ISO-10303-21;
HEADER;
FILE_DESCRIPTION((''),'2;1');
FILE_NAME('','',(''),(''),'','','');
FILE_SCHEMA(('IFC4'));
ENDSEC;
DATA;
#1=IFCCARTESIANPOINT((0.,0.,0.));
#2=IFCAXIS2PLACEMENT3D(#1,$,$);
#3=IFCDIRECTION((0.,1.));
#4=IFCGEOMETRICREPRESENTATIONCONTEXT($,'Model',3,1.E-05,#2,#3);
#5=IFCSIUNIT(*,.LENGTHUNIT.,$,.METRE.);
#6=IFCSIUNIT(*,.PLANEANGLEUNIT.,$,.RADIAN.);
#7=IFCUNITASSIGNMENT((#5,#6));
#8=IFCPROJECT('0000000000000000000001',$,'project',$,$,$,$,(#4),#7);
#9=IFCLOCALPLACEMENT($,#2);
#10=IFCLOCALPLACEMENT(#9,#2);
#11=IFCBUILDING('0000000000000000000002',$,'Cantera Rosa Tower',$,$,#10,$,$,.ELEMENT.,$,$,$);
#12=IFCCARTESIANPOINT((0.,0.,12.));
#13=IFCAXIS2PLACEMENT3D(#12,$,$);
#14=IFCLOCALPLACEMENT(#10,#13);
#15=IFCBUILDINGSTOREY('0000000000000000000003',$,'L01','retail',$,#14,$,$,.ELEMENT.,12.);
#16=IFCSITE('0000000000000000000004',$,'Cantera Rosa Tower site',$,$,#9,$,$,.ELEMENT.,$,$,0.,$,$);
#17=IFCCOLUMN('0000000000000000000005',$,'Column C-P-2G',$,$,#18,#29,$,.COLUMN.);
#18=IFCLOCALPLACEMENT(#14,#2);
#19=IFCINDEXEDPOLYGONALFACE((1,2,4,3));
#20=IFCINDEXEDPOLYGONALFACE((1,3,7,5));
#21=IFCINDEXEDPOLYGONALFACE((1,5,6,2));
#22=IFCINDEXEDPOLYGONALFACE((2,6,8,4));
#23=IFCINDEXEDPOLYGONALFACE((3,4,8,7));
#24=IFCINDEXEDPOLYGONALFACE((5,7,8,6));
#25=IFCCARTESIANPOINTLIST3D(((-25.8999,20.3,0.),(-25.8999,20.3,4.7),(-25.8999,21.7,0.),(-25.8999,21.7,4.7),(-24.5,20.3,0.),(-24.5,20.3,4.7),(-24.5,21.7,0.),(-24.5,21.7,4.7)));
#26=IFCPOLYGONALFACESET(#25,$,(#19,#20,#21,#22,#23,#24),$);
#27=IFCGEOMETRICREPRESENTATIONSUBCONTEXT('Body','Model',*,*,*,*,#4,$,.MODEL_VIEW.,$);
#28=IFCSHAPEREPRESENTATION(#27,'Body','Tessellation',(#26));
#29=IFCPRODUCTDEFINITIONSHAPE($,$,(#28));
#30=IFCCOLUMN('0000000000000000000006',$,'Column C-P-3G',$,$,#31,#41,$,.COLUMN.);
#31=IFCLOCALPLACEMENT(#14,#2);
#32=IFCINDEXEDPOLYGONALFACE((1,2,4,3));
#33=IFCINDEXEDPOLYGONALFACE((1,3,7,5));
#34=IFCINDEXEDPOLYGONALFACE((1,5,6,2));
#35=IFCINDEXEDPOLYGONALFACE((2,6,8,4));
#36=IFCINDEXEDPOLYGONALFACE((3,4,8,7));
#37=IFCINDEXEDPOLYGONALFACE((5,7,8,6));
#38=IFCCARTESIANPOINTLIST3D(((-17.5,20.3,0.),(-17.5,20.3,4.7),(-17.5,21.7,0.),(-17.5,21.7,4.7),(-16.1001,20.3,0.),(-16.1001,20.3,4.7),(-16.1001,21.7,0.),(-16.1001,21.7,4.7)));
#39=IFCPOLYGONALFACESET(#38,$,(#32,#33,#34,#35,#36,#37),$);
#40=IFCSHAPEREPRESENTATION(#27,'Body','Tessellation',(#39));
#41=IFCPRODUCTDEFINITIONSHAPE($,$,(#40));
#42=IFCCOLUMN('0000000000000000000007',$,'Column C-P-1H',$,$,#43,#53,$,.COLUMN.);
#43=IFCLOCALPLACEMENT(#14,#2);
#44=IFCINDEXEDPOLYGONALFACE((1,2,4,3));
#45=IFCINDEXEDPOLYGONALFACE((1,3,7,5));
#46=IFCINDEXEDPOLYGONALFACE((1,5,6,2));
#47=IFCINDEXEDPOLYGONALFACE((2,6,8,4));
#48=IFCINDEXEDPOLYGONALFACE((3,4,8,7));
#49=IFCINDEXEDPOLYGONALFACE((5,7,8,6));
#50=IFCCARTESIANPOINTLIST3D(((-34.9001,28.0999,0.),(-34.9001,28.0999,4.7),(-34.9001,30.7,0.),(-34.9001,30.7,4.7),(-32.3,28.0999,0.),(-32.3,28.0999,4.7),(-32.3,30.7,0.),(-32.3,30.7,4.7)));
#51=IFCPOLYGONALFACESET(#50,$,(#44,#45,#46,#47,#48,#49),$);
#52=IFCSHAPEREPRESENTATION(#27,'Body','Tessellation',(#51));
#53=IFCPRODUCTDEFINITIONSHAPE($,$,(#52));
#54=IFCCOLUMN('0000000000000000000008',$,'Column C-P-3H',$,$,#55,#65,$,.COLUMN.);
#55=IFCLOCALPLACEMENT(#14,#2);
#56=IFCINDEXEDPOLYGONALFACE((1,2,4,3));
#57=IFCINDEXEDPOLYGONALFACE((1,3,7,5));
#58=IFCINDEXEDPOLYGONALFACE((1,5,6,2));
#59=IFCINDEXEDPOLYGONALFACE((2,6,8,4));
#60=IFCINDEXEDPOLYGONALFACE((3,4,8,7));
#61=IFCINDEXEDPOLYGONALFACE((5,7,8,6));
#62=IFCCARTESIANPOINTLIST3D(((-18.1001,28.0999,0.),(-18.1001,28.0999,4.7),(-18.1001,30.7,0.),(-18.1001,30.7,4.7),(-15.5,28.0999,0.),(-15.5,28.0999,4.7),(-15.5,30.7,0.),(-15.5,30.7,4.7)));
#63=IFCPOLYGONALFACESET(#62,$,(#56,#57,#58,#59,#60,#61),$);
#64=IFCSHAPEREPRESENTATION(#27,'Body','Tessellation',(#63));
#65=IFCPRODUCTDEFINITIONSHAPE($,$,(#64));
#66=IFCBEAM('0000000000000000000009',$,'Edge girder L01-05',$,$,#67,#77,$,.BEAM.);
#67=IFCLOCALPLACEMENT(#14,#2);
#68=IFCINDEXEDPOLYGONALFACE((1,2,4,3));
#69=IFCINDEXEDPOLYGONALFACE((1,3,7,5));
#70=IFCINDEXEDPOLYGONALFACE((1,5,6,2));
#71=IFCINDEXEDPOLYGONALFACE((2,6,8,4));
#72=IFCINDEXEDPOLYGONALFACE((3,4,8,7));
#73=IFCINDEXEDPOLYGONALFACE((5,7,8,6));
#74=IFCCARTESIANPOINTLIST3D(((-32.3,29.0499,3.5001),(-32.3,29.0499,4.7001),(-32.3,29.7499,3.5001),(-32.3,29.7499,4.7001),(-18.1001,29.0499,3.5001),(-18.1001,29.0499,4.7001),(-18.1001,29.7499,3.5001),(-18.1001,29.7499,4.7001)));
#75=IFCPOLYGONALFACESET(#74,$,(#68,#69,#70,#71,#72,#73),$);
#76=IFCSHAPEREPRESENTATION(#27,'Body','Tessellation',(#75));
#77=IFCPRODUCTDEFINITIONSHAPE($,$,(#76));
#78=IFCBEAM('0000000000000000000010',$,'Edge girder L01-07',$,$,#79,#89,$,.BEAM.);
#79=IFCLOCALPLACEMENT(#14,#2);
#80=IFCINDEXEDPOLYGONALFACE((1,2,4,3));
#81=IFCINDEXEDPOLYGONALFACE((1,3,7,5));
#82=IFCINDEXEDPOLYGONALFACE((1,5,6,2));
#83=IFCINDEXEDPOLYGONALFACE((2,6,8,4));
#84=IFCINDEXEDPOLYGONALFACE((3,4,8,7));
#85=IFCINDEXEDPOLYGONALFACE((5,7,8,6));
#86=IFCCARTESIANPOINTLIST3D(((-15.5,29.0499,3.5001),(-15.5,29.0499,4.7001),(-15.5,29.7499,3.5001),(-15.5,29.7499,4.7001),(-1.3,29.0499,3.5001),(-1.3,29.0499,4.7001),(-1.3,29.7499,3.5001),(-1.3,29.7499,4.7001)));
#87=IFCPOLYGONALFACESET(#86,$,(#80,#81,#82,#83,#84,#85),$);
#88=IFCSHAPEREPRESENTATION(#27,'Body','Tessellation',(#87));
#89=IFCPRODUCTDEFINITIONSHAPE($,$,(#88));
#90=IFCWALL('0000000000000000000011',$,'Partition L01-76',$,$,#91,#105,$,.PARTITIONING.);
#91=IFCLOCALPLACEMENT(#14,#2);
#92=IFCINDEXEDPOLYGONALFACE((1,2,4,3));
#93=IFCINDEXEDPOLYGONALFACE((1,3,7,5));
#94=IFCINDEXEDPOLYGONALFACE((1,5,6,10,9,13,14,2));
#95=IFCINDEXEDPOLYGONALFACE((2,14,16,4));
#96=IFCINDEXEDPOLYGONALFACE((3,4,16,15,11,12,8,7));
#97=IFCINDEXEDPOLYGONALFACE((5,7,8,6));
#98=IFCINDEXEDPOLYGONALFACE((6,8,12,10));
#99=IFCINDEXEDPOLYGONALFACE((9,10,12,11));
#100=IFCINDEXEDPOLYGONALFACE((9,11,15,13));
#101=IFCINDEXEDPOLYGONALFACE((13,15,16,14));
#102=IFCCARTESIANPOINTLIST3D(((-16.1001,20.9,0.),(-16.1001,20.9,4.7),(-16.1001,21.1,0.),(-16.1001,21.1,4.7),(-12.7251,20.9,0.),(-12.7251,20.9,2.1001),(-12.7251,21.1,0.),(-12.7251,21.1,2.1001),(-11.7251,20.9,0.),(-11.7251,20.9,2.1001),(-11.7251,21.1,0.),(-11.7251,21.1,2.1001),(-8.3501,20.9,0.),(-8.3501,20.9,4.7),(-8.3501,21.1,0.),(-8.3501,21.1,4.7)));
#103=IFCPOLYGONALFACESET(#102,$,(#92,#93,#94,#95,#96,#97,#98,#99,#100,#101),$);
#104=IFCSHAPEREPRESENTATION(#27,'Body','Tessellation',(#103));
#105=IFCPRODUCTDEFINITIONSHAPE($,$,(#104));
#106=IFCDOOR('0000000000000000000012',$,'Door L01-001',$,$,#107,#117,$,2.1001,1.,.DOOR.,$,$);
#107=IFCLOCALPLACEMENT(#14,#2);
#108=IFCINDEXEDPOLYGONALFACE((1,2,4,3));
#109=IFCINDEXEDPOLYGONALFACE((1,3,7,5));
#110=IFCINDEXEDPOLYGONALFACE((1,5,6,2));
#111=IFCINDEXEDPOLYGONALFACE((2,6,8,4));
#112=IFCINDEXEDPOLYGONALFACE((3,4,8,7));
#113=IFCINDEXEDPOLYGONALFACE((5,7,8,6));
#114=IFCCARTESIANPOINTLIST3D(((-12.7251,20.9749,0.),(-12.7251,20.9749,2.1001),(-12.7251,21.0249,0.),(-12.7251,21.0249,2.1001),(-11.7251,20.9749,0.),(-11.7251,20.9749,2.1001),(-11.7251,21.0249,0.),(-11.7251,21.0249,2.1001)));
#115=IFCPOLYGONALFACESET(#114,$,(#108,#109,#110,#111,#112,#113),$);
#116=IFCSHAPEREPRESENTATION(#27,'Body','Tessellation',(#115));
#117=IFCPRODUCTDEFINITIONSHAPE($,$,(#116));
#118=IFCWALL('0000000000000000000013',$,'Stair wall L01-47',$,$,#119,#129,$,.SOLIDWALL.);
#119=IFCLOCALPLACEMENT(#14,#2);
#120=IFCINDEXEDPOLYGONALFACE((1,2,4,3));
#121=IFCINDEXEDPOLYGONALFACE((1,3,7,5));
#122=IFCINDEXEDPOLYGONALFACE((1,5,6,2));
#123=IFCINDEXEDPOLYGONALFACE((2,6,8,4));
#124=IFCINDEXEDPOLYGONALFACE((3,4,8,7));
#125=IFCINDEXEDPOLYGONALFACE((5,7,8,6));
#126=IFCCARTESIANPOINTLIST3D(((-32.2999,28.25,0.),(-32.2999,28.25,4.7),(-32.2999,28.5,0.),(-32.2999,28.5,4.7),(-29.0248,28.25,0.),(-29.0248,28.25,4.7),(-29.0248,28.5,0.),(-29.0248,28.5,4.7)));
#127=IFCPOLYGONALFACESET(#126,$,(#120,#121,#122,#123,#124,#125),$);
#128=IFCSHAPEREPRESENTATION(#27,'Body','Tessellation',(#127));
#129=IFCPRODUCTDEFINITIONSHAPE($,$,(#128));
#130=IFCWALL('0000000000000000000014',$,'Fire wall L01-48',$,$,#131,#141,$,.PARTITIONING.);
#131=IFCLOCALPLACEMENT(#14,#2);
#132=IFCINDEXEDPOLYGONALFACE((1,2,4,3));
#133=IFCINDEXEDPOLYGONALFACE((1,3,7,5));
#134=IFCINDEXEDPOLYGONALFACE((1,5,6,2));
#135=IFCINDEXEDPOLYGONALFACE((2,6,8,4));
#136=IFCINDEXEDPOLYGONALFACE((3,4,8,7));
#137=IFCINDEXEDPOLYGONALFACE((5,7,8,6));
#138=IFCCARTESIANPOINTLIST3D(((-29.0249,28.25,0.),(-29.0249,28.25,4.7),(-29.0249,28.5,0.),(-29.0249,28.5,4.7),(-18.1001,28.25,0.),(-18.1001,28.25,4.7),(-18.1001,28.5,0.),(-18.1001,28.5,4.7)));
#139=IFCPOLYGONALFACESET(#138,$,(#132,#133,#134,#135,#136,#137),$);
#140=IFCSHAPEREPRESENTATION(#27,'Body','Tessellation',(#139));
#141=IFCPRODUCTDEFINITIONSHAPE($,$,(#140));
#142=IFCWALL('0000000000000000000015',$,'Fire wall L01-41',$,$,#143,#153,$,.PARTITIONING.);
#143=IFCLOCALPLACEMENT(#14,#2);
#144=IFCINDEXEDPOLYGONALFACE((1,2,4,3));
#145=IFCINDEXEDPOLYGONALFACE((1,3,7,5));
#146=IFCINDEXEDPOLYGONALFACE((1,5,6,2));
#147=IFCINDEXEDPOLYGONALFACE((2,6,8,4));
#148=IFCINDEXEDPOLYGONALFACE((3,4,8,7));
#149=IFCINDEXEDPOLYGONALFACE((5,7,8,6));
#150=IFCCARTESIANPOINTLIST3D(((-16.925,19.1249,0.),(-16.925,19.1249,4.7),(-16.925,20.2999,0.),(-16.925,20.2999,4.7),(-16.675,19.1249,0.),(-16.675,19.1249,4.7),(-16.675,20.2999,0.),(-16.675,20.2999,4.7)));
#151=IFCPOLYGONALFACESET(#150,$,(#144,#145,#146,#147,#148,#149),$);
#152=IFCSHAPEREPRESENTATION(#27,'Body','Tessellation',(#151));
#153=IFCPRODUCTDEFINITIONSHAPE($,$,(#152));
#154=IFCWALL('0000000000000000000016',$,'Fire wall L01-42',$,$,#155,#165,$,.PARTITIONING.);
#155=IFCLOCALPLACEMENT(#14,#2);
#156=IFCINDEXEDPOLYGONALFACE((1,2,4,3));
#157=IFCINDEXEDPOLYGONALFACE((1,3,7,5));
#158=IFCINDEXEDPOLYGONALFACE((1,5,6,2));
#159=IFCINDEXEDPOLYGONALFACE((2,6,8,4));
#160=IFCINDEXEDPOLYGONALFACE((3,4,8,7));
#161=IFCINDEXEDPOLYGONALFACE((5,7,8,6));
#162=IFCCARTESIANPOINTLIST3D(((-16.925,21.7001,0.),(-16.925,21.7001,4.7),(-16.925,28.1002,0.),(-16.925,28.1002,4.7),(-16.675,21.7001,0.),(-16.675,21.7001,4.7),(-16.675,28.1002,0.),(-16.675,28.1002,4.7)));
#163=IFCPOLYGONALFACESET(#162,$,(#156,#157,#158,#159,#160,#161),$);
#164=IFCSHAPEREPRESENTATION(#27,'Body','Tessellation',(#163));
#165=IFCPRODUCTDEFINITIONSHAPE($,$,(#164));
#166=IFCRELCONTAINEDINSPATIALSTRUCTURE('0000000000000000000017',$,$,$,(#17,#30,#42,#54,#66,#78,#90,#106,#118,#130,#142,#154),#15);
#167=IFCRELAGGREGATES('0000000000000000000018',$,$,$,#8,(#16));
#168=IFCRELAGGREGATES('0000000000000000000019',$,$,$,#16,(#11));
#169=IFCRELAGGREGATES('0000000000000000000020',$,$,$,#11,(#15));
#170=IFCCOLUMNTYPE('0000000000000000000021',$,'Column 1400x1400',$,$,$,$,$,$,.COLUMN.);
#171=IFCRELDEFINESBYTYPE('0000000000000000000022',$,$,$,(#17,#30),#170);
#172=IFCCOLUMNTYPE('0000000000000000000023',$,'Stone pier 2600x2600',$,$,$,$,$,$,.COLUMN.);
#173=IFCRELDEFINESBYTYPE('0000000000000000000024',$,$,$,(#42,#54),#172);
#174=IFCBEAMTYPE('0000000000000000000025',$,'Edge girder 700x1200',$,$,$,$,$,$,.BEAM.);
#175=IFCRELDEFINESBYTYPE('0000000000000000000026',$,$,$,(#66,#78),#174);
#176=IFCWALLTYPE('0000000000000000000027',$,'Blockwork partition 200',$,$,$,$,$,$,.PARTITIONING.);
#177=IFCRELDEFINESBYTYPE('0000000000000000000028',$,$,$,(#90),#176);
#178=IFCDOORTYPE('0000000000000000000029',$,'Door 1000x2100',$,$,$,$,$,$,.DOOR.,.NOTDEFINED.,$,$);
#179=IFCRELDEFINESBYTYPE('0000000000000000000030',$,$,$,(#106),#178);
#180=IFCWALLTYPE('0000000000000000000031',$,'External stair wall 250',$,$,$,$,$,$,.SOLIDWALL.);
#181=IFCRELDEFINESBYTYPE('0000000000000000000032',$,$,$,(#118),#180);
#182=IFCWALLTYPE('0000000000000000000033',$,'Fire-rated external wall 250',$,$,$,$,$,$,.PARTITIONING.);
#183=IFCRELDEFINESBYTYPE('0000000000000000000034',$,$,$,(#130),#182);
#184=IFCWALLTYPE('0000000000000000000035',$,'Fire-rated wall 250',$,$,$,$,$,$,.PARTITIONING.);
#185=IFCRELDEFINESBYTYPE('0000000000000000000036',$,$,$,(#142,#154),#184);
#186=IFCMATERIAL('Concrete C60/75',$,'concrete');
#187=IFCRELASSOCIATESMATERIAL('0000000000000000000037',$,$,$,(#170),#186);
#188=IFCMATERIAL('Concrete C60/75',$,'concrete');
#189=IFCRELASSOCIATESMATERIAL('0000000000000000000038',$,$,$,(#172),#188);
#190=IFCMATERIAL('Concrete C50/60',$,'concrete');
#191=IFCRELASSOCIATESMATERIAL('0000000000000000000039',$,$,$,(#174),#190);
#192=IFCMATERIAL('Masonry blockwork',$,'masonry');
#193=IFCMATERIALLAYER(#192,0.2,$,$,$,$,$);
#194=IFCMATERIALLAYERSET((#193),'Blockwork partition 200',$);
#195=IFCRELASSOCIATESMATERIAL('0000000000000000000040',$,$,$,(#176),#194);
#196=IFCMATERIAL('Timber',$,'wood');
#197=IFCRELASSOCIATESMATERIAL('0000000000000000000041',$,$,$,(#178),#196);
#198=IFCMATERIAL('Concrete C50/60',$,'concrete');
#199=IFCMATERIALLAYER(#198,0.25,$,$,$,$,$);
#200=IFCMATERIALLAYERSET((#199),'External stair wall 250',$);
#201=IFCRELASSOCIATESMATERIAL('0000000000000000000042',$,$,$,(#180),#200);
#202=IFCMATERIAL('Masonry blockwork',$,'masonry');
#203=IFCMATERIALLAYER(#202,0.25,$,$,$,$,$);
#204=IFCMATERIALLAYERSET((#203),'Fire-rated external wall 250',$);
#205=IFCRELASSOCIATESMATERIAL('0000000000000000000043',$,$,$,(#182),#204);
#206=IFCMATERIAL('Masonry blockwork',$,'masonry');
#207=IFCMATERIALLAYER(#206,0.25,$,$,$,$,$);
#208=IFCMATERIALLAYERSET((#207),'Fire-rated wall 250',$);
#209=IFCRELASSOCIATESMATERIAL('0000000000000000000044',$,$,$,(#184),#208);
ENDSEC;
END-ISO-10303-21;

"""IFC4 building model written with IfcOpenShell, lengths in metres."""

from ifc_helpers import new_model, si_unit, direction, frame, frame_2d, origin, origin_2d, place, context, subcontext, project, spatial, rectangle, extrude, material, layer, layer_set, material_profile, profile_set, type_object, element, fill, save


model = new_model("IFC4")

# Units and contexts
model_context = context("Model", 3, precision=1e-05, world=origin(), true_north=direction((0.0, 1.0)))
body_context = subcontext(model_context, "Body", "Model", "MODEL_VIEW")
ifc_project = project(units=[si_unit("LENGTHUNIT", "METRE"), si_unit("PLANEANGLEUNIT", "RADIAN")], contexts=[model_context])

# Site, building, storey
site_placement = place(None, origin())
site = spatial("IfcSite", under=ifc_project, at=site_placement, Name="Cantera Rosa Tower site", CompositionType="ELEMENT", RefElevation=0.0)
building_placement = place(site_placement, origin())
building = spatial("IfcBuilding", under=site, at=building_placement, Name="Cantera Rosa Tower", CompositionType="ELEMENT")
storey_placement = place(building_placement, frame((0.0, 0.0, 12.0)))
storey = spatial("IfcBuildingStorey", under=building, at=storey_placement, Name="L01", Description="retail", CompositionType="ELEMENT", Elevation=12.0)

# Columns
ifc_material_1 = material(Name="Concrete C60/75", Category="concrete")
ifc_material_profile_1 = material_profile(ifc_material_1, rectangle(XDim=1.3999, YDim=1.3999, at=origin_2d()), Name="Column 1400x1400")
ifc_profile_set_1 = profile_set([ifc_material_profile_1], Name="Concrete C60/75")
column_type_1 = type_object("IfcColumnType", Name="Column 1400x1400", PredefinedType="COLUMN", material=ifc_profile_set_1)
for number, where, z_axis, x_axis, name in (
    (1, (-25.2, 21.0, 0.0), (0.0, 0.0, 1.0), (1.0, 0.0, 0.0), "Column C-P-2G"),
    (2, (-16.8, 21.0, 0.0), (0.0, 0.0, 1.0), (1.0, 0.0, 0.0), "Column C-P-3G"),
):
    element("IfcColumn", number, at=place(storey_placement, frame(where, z_axis=z_axis, x_axis=x_axis)), inside=storey, type_object=column_type_1, Name=name, PredefinedType="COLUMN", context=body_context, shape_type="SweptSolid", body=[
        extrude(rectangle(XDim=1.3999, YDim=1.3999, at=origin_2d()), origin(), (0.0, 0.0, 1.0), 4.7),
    ])
ifc_material_2 = material(Name="Concrete C60/75", Category="concrete")
ifc_material_profile_2 = material_profile(ifc_material_2, rectangle(XDim=2.6001, YDim=2.6001, at=origin_2d()), Name="Stone pier 2600x2600")
ifc_profile_set_2 = profile_set([ifc_material_profile_2], Name="Concrete C60/75")
column_type_2 = type_object("IfcColumnType", Name="Stone pier 2600x2600", PredefinedType="COLUMN", material=ifc_profile_set_2)
for number, where, z_axis, x_axis, name in (
    (3, (-33.6001, 29.3999, 0.0), (0.0, 0.0, 1.0), (1.0, 0.0, 0.0), "Column C-P-1H"),
    (4, (-16.8, 29.3999, 0.0), (0.0, 0.0, 1.0), (1.0, 0.0, 0.0), "Column C-P-3H"),
):
    element("IfcColumn", number, at=place(storey_placement, frame(where, z_axis=z_axis, x_axis=x_axis)), inside=storey, type_object=column_type_2, Name=name, PredefinedType="COLUMN", context=body_context, shape_type="SweptSolid", body=[
        extrude(rectangle(XDim=2.6001, YDim=2.6001, at=origin_2d()), origin(), (0.0, 0.0, 1.0), 4.7),
    ])

# Beams
ifc_material_3 = material(Name="Concrete C50/60", Category="concrete")
ifc_material_profile_3 = material_profile(ifc_material_3, rectangle(XDim=0.7, YDim=1.2, at=origin_2d()), Name="Edge girder 700x1200")
ifc_profile_set_3 = profile_set([ifc_material_profile_3], Name="Concrete C50/60")
beam_type = type_object("IfcBeamType", Name="Edge girder 700x1200", PredefinedType="BEAM", material=ifc_profile_set_3)
for number, where, z_axis, x_axis, name in (
    (5, (-32.3, 29.3999, 4.1001), (1.0, 0.0, 0.0), (0.0, 1.0, 0.0), "Edge girder L01-05"),
    (6, (-15.5, 29.3999, 4.1001), (1.0, 0.0, 0.0), (0.0, 1.0, 0.0), "Edge girder L01-07"),
):
    element("IfcBeam", number, at=place(storey_placement, frame(where, z_axis=z_axis, x_axis=x_axis)), inside=storey, type_object=beam_type, Name=name, PredefinedType="BEAM", context=body_context, shape_type="SweptSolid", body=[
        extrude(rectangle(XDim=0.7, YDim=1.2, at=origin_2d()), origin(), (0.0, 0.0, 1.0), 14.2),
    ])

# Wall, opening, door
ifc_material_4 = material(Name="Masonry blockwork", Category="masonry")
ifc_layer_1 = layer(ifc_material_4, 0.2)
ifc_layer_set_1 = layer_set([ifc_layer_1], Name="Blockwork partition 200")
wall_type_1 = type_object("IfcWallType", Name="Blockwork partition 200", PredefinedType="PARTITIONING", material=ifc_layer_set_1)
wall_1_placement = place(storey_placement, frame((-16.1001, 21.0, 0.0), z_axis=(0.0, 0.0, 1.0), x_axis=(1.0, 0.0, 0.0)))
wall_1 = element("IfcWall", 7, at=wall_1_placement, inside=storey, type_object=wall_type_1, Name="Partition L01-76", PredefinedType="PARTITIONING", context=body_context, shape_type="SweptSolid", body=[
    extrude(rectangle(XDim=7.75, YDim=0.2, at=frame_2d((3.875, 0.0))), origin(), (0.0, 0.0, 1.0), 4.7),
])
opening_1_placement = place(wall_1_placement, frame((3.375, 0.0, 0.0)))
opening_1 = element("IfcOpeningElement", 8, at=opening_1_placement, cuts=wall_1, PredefinedType="OPENING", context=body_context, shape_type="SweptSolid", body=[
    extrude(rectangle(XDim=1.0, YDim=2.1001, at=frame_2d((0.5, 1.05))), frame((0.0, 0.1099, 0.0), z_axis=(0.0, -1.0, 0.0), x_axis=(1.0, 0.0, 0.0)), (0.0, 0.0, 1.0), 0.22),
])
ifc_material_5 = material(Name="Timber", Category="wood")
door_type_1 = type_object("IfcDoorType", Name="Door 1000x2100", OperationType="NOTDEFINED", PredefinedType="DOOR", material=ifc_material_5)
door_1_placement = place(opening_1_placement, origin())
door_1 = element("IfcDoor", 9, at=door_1_placement, inside=storey, type_object=door_type_1, Name="Door L01-001", OverallHeight=2.1001, OverallWidth=1.0, PredefinedType="DOOR", context=body_context, shape_type="SweptSolid", body=[
    extrude(rectangle(XDim=1.0, YDim=2.1001, at=frame_2d((0.5, 1.05))), frame((0.0, 0.0249, 0.0), z_axis=(0.0, -1.0, 0.0), x_axis=(1.0, 0.0, 0.0)), (0.0, 0.0, 1.0), 0.05),
])
fill(opening_1, door_1)

# Walls
ifc_material_6 = material(Name="Concrete C50/60", Category="concrete")
ifc_layer_2 = layer(ifc_material_6, 0.25)
ifc_layer_set_2 = layer_set([ifc_layer_2], Name="External stair wall 250")
wall_type_2 = type_object("IfcWallType", Name="External stair wall 250", PredefinedType="SOLIDWALL", material=ifc_layer_set_2)
wall_2_placement = place(storey_placement, frame((-32.3, 28.375, 0.0), z_axis=(0.0, 0.0, 1.0), x_axis=(1.0, 0.0, 0.0)))
element("IfcWall", 10, at=wall_2_placement, inside=storey, type_object=wall_type_2, Name="Stair wall L01-47", PredefinedType="SOLIDWALL", context=body_context, shape_type="SweptSolid", body=[
    extrude(rectangle(XDim=3.2751, YDim=0.25, at=frame_2d((1.6377, 0.0))), origin(), (0.0, 0.0, 1.0), 4.7),
])
ifc_material_7 = material(Name="Masonry blockwork", Category="masonry")
ifc_layer_3 = layer(ifc_material_7, 0.25)
ifc_layer_set_3 = layer_set([ifc_layer_3], Name="Fire-rated external wall 250")
wall_type_3 = type_object("IfcWallType", Name="Fire-rated external wall 250", PredefinedType="PARTITIONING", material=ifc_layer_set_3)
wall_3_placement = place(storey_placement, frame((-29.0249, 28.375, 0.0), z_axis=(0.0, 0.0, 1.0), x_axis=(1.0, 0.0, 0.0)))
element("IfcWall", 11, at=wall_3_placement, inside=storey, type_object=wall_type_3, Name="Fire wall L01-48", PredefinedType="PARTITIONING", context=body_context, shape_type="SweptSolid", body=[
    extrude(rectangle(XDim=10.9248, YDim=0.25, at=frame_2d((5.4624, 0.0))), origin(), (0.0, 0.0, 1.0), 4.7),
])
ifc_material_8 = material(Name="Masonry blockwork", Category="masonry")
ifc_layer_4 = layer(ifc_material_8, 0.25)
ifc_layer_set_4 = layer_set([ifc_layer_4], Name="Fire-rated wall 250")
wall_type_4 = type_object("IfcWallType", Name="Fire-rated wall 250", PredefinedType="PARTITIONING", material=ifc_layer_set_4)
wall_4_placement = place(storey_placement, frame((-16.8, 19.125, 0.0), z_axis=(0.0, 0.0, 1.0), x_axis=(0.0, 1.0, 0.0)))
element("IfcWall", 12, at=wall_4_placement, inside=storey, type_object=wall_type_4, Name="Fire wall L01-41", PredefinedType="PARTITIONING", context=body_context, shape_type="SweptSolid", body=[
    extrude(rectangle(XDim=1.175, YDim=0.25, at=frame_2d((0.5874, 0.0))), origin(), (0.0, 0.0, 1.0), 4.7),
])
wall_5_placement = place(storey_placement, frame((-16.8, 21.7, 0.0), z_axis=(0.0, 0.0, 1.0), x_axis=(0.0, 1.0, 0.0)))
element("IfcWall", 13, at=wall_5_placement, inside=storey, type_object=wall_type_4, Name="Fire wall L01-42", PredefinedType="PARTITIONING", context=body_context, shape_type="SweptSolid", body=[
    extrude(rectangle(XDim=6.4001, YDim=0.25, at=frame_2d((3.2002, 0.0))), origin(), (0.0, 0.0, 1.0), 4.7),
])

save(model, "model.ifc")
